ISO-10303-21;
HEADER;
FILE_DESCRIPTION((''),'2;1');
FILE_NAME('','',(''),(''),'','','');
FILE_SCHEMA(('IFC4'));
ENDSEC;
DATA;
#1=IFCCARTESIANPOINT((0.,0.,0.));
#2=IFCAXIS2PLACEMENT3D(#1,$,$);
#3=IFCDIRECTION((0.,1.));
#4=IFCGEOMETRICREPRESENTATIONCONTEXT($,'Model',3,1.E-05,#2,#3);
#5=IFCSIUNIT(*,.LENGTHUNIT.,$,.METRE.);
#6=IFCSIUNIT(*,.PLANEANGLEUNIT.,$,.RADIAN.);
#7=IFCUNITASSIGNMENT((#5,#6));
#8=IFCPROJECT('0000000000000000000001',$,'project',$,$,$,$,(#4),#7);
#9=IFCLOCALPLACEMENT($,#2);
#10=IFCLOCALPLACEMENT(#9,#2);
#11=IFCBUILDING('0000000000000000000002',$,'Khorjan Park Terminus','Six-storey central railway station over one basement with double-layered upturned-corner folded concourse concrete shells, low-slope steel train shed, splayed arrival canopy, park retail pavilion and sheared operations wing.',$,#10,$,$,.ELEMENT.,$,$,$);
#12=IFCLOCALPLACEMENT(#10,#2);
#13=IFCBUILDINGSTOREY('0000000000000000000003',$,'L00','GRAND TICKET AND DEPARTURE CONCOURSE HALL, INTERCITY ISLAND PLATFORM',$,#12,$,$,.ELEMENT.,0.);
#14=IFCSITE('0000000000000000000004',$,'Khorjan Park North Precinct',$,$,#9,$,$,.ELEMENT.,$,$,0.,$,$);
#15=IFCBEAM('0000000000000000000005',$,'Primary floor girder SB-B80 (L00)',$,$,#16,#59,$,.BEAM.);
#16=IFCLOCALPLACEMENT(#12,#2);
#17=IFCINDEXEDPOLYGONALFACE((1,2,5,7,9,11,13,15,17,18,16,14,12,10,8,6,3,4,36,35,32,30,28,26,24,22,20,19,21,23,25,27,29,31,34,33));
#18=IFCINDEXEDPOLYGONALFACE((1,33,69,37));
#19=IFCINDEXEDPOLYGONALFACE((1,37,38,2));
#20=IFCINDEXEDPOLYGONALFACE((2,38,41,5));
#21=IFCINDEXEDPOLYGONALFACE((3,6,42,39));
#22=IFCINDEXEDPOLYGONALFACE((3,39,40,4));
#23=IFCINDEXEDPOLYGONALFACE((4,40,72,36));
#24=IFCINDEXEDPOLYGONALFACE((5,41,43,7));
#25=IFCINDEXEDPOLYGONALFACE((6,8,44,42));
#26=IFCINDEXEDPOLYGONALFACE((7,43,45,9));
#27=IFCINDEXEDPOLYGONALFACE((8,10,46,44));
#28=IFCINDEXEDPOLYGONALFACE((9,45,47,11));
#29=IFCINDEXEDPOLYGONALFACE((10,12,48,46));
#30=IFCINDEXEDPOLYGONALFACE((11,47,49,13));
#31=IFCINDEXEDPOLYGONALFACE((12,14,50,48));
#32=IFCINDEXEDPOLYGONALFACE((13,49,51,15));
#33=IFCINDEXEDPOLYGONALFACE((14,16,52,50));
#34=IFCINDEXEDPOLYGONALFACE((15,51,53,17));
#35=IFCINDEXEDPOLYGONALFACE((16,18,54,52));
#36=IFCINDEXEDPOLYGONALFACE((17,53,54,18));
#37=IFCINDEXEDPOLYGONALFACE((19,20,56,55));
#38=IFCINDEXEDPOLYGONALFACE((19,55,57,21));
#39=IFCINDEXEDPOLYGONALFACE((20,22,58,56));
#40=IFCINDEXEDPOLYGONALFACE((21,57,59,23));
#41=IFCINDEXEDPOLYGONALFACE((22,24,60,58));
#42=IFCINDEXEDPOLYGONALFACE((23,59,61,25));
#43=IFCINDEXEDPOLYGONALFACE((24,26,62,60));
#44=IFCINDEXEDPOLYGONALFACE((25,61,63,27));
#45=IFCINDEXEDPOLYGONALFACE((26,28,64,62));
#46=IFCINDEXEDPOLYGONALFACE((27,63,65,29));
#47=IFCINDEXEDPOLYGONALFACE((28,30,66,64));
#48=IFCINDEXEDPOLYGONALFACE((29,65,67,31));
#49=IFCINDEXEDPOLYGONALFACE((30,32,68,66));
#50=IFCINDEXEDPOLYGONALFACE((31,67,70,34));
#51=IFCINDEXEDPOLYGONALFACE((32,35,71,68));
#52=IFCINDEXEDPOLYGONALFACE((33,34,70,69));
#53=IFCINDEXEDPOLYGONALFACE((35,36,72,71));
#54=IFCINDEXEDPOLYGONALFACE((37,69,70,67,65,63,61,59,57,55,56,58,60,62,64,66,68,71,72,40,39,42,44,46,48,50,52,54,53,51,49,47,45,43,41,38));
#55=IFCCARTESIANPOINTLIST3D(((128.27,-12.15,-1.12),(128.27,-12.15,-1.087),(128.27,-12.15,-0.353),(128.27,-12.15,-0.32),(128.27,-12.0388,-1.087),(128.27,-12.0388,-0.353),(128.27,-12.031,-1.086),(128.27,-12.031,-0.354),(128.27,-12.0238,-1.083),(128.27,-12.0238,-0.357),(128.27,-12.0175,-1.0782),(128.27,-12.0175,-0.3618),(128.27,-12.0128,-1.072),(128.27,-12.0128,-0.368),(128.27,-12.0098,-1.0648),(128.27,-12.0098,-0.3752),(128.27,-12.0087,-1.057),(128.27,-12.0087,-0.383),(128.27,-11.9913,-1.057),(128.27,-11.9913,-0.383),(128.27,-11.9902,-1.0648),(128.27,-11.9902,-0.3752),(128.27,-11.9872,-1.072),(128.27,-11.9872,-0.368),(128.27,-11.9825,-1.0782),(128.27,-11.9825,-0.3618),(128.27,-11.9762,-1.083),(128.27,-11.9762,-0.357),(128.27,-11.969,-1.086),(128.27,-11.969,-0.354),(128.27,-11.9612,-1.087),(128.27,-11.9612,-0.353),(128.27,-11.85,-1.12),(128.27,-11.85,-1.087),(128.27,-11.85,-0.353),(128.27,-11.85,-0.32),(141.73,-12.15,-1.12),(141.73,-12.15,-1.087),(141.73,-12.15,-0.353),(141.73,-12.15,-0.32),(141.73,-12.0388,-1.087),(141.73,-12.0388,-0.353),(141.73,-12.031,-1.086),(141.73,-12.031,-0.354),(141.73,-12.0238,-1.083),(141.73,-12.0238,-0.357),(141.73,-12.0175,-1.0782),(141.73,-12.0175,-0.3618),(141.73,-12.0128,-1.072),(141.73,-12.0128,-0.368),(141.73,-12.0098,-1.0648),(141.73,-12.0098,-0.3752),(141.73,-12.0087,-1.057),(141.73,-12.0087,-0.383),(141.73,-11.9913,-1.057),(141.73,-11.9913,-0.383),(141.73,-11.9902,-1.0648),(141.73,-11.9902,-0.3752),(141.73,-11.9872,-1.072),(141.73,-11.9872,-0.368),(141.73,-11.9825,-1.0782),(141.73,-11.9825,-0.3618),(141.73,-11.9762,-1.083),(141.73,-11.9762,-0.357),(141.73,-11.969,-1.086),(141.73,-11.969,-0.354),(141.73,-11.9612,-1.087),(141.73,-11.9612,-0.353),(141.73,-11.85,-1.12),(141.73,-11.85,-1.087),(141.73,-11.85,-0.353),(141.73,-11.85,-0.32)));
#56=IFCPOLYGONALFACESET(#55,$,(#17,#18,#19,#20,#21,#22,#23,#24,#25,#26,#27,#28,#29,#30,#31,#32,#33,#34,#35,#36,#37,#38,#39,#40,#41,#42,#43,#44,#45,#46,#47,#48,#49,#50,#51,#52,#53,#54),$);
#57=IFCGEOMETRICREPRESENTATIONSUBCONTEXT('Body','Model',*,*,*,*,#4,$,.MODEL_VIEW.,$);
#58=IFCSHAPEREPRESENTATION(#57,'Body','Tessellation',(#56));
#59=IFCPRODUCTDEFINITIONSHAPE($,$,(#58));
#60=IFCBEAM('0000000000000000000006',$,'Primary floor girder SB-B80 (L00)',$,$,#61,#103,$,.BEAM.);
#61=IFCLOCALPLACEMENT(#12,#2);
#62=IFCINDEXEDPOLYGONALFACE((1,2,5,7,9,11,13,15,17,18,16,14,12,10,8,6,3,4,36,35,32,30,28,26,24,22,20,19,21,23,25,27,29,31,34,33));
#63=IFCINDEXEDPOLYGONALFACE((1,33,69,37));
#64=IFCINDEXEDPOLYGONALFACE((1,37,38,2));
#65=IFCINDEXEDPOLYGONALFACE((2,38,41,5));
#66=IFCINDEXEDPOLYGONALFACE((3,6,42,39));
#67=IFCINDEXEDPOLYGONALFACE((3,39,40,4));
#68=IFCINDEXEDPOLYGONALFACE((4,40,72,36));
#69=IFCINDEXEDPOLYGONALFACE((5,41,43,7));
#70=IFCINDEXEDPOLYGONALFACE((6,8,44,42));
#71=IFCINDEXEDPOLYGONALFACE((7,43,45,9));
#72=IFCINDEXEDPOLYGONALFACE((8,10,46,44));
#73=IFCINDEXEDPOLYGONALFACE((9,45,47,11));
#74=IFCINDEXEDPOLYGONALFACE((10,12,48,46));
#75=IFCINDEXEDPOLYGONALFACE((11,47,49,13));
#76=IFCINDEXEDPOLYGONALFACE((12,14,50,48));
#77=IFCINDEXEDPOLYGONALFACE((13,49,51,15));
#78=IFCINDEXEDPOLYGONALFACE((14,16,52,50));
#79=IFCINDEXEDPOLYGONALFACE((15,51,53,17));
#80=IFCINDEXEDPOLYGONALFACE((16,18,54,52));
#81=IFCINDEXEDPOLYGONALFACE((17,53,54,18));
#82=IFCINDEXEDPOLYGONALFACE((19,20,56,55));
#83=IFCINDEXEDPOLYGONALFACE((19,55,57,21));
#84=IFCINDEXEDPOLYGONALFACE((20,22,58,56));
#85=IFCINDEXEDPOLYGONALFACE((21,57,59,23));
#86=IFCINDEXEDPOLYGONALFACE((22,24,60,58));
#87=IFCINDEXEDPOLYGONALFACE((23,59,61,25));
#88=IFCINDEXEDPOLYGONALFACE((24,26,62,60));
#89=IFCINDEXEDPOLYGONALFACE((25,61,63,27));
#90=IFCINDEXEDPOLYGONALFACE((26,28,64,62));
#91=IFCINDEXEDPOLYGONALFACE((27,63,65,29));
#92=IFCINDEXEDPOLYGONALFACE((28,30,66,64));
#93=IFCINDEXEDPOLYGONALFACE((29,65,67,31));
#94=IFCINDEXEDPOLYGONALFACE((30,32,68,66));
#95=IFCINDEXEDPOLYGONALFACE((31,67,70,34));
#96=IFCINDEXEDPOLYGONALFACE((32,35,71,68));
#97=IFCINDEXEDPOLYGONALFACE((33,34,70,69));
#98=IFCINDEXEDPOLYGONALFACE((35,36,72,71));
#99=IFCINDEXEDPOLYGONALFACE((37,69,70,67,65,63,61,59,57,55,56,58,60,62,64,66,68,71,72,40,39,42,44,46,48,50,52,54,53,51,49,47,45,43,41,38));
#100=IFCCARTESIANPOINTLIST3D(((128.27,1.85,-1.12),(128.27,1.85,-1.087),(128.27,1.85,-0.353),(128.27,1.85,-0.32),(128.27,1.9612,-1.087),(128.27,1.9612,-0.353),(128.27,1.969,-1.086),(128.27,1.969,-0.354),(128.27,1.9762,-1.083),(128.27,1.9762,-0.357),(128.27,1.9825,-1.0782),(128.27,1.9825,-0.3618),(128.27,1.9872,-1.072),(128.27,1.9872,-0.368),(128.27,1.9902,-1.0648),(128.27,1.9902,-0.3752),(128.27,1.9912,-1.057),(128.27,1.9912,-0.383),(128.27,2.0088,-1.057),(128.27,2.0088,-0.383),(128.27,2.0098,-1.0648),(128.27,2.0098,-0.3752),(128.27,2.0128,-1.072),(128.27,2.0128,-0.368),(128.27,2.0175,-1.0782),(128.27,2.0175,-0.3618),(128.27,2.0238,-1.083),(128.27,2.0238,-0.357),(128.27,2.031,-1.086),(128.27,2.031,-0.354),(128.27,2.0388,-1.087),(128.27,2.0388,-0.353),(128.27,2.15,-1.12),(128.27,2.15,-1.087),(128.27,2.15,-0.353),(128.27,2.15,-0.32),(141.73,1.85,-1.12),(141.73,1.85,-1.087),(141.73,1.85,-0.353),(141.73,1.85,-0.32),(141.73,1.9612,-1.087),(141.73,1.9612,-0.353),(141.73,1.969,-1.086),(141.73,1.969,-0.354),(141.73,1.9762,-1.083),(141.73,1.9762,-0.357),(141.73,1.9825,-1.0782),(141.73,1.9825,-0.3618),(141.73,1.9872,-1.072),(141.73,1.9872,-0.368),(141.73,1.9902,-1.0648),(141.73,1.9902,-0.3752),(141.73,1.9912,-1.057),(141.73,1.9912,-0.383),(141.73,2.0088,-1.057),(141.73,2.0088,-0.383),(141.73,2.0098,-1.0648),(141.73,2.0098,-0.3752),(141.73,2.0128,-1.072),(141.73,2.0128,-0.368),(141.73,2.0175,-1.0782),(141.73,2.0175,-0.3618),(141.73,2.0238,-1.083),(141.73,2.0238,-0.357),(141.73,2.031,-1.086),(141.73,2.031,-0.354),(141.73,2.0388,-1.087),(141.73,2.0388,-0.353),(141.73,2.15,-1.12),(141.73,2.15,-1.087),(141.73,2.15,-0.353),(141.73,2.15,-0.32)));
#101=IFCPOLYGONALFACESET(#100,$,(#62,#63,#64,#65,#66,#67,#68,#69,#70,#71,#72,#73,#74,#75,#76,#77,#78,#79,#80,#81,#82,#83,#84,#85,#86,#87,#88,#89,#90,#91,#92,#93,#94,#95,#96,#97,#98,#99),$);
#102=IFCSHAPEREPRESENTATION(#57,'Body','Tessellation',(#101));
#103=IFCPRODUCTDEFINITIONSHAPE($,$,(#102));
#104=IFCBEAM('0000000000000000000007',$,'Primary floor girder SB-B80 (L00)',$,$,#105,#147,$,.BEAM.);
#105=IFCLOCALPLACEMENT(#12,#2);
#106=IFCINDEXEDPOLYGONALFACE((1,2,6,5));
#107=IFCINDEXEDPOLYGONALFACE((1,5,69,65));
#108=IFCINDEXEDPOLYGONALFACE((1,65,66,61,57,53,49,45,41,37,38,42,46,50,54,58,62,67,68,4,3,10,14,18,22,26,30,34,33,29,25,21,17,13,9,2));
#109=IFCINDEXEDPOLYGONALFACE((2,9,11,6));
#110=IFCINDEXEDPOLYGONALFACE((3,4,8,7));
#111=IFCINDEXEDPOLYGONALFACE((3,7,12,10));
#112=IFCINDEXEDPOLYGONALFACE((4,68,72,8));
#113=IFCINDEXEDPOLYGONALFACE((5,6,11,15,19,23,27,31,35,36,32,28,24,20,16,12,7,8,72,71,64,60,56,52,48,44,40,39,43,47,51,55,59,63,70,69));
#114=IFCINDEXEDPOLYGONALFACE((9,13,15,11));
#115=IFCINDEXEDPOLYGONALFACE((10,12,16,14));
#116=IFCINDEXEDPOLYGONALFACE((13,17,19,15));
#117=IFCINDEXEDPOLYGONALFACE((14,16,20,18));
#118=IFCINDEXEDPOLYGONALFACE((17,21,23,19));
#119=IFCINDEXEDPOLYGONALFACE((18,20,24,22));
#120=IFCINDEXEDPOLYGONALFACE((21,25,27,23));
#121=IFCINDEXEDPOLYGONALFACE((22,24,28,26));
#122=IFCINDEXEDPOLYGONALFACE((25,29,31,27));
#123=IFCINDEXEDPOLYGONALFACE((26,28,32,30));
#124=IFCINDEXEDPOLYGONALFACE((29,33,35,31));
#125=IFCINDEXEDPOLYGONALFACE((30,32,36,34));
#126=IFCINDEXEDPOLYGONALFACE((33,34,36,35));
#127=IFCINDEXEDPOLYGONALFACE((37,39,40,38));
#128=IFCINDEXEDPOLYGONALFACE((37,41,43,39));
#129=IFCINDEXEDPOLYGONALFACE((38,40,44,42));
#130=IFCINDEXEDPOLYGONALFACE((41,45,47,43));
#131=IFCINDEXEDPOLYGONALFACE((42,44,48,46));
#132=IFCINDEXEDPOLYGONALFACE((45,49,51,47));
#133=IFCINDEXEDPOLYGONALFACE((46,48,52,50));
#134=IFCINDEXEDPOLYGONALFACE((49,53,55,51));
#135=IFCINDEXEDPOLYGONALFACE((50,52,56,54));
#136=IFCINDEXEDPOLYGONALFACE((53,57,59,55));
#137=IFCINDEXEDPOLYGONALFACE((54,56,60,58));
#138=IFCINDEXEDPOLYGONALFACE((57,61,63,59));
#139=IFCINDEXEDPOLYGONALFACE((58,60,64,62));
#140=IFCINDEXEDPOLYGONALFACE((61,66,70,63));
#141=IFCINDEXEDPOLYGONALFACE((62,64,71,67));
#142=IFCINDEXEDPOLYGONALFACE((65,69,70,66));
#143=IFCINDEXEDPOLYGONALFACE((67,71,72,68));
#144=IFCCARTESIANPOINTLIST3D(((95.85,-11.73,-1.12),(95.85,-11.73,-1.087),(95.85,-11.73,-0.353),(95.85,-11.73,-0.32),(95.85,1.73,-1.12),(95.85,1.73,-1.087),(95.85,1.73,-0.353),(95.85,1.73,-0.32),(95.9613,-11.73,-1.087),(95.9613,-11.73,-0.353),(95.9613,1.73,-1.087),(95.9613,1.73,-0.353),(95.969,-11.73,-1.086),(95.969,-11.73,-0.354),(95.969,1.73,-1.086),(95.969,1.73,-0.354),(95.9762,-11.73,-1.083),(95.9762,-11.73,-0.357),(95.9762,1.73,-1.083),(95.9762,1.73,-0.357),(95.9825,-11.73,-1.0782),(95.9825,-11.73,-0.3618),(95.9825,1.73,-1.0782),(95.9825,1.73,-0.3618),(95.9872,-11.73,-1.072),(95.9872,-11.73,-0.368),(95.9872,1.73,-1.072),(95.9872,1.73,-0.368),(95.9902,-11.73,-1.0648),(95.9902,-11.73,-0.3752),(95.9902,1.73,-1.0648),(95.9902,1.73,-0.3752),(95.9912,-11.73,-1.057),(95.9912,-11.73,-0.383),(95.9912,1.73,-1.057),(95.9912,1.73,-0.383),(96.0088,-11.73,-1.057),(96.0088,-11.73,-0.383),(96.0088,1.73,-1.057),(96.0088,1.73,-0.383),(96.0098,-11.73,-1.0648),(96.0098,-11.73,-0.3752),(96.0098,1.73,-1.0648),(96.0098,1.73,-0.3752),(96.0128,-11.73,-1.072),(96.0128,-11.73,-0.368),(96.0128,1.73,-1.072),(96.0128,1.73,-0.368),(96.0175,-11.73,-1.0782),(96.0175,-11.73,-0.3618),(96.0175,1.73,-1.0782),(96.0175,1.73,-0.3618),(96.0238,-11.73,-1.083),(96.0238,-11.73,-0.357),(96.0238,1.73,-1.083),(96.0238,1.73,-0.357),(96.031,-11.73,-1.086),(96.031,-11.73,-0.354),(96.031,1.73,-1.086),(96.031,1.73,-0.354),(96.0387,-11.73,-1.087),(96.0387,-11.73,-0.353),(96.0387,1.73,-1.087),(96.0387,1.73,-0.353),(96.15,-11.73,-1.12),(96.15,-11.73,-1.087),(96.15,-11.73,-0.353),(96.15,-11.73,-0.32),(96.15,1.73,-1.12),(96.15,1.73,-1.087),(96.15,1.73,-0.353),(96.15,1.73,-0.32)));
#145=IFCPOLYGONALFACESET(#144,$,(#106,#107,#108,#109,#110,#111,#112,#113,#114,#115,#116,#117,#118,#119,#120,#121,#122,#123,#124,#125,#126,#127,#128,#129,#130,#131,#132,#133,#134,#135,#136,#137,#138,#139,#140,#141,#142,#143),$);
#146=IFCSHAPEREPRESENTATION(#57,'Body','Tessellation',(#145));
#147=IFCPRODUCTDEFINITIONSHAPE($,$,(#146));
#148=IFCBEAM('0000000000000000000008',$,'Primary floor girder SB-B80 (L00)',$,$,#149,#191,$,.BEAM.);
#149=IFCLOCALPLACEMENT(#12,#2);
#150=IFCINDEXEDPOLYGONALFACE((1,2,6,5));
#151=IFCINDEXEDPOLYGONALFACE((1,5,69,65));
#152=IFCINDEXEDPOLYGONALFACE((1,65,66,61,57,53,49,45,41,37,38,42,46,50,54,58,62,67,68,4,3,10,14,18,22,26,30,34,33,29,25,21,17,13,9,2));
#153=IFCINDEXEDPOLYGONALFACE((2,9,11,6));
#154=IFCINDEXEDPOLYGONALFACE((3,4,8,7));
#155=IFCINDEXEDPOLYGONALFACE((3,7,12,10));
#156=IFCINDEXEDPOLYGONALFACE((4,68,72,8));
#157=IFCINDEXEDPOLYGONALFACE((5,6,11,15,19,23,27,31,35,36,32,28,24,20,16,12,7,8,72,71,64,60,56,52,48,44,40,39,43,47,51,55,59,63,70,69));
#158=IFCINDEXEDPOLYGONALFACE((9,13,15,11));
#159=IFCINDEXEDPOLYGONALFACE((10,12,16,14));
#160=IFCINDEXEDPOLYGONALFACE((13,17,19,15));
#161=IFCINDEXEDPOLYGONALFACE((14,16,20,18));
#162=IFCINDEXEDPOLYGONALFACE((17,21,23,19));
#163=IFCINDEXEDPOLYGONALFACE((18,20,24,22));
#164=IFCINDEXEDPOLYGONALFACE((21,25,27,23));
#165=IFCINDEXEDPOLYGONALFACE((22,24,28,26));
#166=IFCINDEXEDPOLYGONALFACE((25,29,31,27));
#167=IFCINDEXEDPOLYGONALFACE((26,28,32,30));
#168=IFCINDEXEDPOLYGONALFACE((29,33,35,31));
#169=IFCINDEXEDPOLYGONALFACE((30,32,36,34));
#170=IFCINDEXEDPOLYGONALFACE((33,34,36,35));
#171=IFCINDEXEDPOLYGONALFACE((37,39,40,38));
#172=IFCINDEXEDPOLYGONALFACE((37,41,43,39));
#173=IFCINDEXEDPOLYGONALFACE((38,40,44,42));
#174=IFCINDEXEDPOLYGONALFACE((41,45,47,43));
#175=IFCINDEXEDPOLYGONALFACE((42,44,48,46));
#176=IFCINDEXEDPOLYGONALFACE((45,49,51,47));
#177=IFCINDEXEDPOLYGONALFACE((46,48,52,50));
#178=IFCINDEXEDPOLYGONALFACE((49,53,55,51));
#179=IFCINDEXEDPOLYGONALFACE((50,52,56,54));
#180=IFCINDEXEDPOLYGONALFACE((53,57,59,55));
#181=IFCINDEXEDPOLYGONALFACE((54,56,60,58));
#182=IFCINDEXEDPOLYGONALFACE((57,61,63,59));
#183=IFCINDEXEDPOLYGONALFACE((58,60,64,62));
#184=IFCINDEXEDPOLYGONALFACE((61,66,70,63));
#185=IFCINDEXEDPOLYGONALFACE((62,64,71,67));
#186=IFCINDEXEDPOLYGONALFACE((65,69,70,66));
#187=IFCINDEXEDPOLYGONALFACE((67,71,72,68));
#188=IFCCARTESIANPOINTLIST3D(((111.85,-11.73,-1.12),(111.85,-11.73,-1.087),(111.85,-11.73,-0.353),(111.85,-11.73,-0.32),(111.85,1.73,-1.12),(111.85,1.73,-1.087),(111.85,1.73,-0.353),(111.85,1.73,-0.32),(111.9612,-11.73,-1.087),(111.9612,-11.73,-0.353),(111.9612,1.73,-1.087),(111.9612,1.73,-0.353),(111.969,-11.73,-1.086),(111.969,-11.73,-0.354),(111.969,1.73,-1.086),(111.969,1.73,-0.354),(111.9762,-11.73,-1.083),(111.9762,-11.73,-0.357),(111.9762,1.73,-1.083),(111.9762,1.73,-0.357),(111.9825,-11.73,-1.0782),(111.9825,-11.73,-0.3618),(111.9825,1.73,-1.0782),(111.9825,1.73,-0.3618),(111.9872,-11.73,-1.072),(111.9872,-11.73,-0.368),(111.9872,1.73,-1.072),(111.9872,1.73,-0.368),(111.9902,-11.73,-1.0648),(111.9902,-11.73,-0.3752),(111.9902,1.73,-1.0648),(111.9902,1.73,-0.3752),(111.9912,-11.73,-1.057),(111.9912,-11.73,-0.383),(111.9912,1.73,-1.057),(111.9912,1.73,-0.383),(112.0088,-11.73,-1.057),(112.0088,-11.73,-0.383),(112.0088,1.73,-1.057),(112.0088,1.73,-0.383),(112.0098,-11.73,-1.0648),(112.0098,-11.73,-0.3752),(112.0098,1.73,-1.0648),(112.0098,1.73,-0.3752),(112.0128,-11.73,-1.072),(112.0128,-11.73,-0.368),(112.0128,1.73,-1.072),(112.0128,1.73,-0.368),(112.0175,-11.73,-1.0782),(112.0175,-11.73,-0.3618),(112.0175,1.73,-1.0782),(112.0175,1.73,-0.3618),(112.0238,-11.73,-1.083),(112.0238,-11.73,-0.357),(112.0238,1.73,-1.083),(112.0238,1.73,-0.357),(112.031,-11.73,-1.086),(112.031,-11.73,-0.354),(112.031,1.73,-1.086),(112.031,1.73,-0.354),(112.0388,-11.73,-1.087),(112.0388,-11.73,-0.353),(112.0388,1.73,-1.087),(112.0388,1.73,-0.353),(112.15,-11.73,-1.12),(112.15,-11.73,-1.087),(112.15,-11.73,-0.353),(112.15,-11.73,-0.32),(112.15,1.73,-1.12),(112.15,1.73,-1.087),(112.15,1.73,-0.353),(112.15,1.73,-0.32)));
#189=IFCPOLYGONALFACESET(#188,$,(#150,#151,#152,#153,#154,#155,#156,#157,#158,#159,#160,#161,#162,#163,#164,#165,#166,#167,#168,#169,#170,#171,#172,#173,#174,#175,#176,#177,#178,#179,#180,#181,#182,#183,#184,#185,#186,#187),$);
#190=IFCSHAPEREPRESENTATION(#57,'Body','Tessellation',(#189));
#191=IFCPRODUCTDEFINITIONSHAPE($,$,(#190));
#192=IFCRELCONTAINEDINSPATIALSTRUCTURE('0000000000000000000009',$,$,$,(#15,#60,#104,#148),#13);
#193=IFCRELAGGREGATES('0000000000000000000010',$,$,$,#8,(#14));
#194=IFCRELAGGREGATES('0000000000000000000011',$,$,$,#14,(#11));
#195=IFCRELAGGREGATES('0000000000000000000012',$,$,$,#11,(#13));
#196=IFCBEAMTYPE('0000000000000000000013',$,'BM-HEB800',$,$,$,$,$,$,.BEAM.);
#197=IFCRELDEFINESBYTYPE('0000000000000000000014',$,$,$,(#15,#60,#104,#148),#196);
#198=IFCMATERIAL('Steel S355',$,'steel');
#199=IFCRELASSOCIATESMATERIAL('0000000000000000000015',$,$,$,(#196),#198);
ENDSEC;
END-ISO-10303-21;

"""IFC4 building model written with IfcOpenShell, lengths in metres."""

from ifc_helpers import new_model, si_unit, direction, frame, origin, origin_2d, place, context, subcontext, project, spatial, i_section, extrude, material, material_profile, profile_set, type_object, element, save


model = new_model("IFC4")

# Units and contexts
model_context = context("Model", 3, precision=1e-05, world=origin(), true_north=direction((0.0, 1.0)))
body_context = subcontext(model_context, "Body", "Model", "MODEL_VIEW")
ifc_project = project(units=[si_unit("LENGTHUNIT", "METRE"), si_unit("PLANEANGLEUNIT", "RADIAN")], contexts=[model_context])

# Site, building, storey
site_placement = place(None, origin())
site = spatial("IfcSite", under=ifc_project, at=site_placement, Name="Khorjan Park North Precinct", CompositionType="ELEMENT", RefElevation=0.0)
building_placement = place(site_placement, origin())
building = spatial("IfcBuilding", under=site, at=building_placement, Name="Khorjan Park Terminus", Description="Six-storey central railway station over one basement with double-layered upturned-corner folded concourse concrete shells, low-slope steel train shed, splayed arrival canopy, park retail pavilion and sheared operations wing.", CompositionType="ELEMENT")
storey_placement = place(building_placement, origin())
storey = spatial("IfcBuildingStorey", under=building, at=storey_placement, Name="L00", Description="GRAND TICKET AND DEPARTURE CONCOURSE HALL, INTERCITY ISLAND PLATFORM", CompositionType="ELEMENT", Elevation=0.0)

# Shared definitions
ifc_material_1 = material(Name="Steel S355", Category="steel")

# Beams
ifc_material_profile_1 = material_profile(ifc_material_1, i_section(OverallWidth=0.3, OverallDepth=0.8, WebThickness=0.0175, FlangeThickness=0.033, FilletRadius=0.03, at=origin_2d()), Name="HEB 800")
ifc_profile_set_1 = profile_set([ifc_material_profile_1], Name="Steel S355")
beam_type_1 = type_object("IfcBeamType", Name="BM-HEB800", PredefinedType="BEAM", material=ifc_profile_set_1)
for number, where, z_axis, x_axis, name in (
    (1, (128.27, -12.0, -0.72), (1.0, 0.0, 0.0), (0.0, 1.0, 0.0), "Primary floor girder SB-B80 (L00)"),
    (2, (128.27, 2.0, -0.72), (1.0, 0.0, 0.0), (0.0, 1.0, 0.0), "Primary floor girder SB-B80 (L00)"),
    (3, (96.0, -11.73, -0.72), (0.0, 1.0, 0.0), (-1.0, 0.0, 0.0), "Primary floor girder SB-B80 (L00)"),
    (4, (112.0, -11.73, -0.72), (0.0, 1.0, 0.0), (-1.0, 0.0, 0.0), "Primary floor girder SB-B80 (L00)"),
):
    element("IfcBeam", number, at=place(storey_placement, frame(where, z_axis=z_axis, x_axis=x_axis)), inside=storey, type_object=beam_type_1, Name=name, PredefinedType="BEAM", context=body_context, shape_type="SweptSolid", body=[
        extrude(i_section(OverallWidth=0.3, OverallDepth=0.8, WebThickness=0.0175, FlangeThickness=0.033, FilletRadius=0.03, at=origin_2d()), origin(), (0.0, 0.0, 1.0), 13.46),
    ])

save(model, "model.ifc")
